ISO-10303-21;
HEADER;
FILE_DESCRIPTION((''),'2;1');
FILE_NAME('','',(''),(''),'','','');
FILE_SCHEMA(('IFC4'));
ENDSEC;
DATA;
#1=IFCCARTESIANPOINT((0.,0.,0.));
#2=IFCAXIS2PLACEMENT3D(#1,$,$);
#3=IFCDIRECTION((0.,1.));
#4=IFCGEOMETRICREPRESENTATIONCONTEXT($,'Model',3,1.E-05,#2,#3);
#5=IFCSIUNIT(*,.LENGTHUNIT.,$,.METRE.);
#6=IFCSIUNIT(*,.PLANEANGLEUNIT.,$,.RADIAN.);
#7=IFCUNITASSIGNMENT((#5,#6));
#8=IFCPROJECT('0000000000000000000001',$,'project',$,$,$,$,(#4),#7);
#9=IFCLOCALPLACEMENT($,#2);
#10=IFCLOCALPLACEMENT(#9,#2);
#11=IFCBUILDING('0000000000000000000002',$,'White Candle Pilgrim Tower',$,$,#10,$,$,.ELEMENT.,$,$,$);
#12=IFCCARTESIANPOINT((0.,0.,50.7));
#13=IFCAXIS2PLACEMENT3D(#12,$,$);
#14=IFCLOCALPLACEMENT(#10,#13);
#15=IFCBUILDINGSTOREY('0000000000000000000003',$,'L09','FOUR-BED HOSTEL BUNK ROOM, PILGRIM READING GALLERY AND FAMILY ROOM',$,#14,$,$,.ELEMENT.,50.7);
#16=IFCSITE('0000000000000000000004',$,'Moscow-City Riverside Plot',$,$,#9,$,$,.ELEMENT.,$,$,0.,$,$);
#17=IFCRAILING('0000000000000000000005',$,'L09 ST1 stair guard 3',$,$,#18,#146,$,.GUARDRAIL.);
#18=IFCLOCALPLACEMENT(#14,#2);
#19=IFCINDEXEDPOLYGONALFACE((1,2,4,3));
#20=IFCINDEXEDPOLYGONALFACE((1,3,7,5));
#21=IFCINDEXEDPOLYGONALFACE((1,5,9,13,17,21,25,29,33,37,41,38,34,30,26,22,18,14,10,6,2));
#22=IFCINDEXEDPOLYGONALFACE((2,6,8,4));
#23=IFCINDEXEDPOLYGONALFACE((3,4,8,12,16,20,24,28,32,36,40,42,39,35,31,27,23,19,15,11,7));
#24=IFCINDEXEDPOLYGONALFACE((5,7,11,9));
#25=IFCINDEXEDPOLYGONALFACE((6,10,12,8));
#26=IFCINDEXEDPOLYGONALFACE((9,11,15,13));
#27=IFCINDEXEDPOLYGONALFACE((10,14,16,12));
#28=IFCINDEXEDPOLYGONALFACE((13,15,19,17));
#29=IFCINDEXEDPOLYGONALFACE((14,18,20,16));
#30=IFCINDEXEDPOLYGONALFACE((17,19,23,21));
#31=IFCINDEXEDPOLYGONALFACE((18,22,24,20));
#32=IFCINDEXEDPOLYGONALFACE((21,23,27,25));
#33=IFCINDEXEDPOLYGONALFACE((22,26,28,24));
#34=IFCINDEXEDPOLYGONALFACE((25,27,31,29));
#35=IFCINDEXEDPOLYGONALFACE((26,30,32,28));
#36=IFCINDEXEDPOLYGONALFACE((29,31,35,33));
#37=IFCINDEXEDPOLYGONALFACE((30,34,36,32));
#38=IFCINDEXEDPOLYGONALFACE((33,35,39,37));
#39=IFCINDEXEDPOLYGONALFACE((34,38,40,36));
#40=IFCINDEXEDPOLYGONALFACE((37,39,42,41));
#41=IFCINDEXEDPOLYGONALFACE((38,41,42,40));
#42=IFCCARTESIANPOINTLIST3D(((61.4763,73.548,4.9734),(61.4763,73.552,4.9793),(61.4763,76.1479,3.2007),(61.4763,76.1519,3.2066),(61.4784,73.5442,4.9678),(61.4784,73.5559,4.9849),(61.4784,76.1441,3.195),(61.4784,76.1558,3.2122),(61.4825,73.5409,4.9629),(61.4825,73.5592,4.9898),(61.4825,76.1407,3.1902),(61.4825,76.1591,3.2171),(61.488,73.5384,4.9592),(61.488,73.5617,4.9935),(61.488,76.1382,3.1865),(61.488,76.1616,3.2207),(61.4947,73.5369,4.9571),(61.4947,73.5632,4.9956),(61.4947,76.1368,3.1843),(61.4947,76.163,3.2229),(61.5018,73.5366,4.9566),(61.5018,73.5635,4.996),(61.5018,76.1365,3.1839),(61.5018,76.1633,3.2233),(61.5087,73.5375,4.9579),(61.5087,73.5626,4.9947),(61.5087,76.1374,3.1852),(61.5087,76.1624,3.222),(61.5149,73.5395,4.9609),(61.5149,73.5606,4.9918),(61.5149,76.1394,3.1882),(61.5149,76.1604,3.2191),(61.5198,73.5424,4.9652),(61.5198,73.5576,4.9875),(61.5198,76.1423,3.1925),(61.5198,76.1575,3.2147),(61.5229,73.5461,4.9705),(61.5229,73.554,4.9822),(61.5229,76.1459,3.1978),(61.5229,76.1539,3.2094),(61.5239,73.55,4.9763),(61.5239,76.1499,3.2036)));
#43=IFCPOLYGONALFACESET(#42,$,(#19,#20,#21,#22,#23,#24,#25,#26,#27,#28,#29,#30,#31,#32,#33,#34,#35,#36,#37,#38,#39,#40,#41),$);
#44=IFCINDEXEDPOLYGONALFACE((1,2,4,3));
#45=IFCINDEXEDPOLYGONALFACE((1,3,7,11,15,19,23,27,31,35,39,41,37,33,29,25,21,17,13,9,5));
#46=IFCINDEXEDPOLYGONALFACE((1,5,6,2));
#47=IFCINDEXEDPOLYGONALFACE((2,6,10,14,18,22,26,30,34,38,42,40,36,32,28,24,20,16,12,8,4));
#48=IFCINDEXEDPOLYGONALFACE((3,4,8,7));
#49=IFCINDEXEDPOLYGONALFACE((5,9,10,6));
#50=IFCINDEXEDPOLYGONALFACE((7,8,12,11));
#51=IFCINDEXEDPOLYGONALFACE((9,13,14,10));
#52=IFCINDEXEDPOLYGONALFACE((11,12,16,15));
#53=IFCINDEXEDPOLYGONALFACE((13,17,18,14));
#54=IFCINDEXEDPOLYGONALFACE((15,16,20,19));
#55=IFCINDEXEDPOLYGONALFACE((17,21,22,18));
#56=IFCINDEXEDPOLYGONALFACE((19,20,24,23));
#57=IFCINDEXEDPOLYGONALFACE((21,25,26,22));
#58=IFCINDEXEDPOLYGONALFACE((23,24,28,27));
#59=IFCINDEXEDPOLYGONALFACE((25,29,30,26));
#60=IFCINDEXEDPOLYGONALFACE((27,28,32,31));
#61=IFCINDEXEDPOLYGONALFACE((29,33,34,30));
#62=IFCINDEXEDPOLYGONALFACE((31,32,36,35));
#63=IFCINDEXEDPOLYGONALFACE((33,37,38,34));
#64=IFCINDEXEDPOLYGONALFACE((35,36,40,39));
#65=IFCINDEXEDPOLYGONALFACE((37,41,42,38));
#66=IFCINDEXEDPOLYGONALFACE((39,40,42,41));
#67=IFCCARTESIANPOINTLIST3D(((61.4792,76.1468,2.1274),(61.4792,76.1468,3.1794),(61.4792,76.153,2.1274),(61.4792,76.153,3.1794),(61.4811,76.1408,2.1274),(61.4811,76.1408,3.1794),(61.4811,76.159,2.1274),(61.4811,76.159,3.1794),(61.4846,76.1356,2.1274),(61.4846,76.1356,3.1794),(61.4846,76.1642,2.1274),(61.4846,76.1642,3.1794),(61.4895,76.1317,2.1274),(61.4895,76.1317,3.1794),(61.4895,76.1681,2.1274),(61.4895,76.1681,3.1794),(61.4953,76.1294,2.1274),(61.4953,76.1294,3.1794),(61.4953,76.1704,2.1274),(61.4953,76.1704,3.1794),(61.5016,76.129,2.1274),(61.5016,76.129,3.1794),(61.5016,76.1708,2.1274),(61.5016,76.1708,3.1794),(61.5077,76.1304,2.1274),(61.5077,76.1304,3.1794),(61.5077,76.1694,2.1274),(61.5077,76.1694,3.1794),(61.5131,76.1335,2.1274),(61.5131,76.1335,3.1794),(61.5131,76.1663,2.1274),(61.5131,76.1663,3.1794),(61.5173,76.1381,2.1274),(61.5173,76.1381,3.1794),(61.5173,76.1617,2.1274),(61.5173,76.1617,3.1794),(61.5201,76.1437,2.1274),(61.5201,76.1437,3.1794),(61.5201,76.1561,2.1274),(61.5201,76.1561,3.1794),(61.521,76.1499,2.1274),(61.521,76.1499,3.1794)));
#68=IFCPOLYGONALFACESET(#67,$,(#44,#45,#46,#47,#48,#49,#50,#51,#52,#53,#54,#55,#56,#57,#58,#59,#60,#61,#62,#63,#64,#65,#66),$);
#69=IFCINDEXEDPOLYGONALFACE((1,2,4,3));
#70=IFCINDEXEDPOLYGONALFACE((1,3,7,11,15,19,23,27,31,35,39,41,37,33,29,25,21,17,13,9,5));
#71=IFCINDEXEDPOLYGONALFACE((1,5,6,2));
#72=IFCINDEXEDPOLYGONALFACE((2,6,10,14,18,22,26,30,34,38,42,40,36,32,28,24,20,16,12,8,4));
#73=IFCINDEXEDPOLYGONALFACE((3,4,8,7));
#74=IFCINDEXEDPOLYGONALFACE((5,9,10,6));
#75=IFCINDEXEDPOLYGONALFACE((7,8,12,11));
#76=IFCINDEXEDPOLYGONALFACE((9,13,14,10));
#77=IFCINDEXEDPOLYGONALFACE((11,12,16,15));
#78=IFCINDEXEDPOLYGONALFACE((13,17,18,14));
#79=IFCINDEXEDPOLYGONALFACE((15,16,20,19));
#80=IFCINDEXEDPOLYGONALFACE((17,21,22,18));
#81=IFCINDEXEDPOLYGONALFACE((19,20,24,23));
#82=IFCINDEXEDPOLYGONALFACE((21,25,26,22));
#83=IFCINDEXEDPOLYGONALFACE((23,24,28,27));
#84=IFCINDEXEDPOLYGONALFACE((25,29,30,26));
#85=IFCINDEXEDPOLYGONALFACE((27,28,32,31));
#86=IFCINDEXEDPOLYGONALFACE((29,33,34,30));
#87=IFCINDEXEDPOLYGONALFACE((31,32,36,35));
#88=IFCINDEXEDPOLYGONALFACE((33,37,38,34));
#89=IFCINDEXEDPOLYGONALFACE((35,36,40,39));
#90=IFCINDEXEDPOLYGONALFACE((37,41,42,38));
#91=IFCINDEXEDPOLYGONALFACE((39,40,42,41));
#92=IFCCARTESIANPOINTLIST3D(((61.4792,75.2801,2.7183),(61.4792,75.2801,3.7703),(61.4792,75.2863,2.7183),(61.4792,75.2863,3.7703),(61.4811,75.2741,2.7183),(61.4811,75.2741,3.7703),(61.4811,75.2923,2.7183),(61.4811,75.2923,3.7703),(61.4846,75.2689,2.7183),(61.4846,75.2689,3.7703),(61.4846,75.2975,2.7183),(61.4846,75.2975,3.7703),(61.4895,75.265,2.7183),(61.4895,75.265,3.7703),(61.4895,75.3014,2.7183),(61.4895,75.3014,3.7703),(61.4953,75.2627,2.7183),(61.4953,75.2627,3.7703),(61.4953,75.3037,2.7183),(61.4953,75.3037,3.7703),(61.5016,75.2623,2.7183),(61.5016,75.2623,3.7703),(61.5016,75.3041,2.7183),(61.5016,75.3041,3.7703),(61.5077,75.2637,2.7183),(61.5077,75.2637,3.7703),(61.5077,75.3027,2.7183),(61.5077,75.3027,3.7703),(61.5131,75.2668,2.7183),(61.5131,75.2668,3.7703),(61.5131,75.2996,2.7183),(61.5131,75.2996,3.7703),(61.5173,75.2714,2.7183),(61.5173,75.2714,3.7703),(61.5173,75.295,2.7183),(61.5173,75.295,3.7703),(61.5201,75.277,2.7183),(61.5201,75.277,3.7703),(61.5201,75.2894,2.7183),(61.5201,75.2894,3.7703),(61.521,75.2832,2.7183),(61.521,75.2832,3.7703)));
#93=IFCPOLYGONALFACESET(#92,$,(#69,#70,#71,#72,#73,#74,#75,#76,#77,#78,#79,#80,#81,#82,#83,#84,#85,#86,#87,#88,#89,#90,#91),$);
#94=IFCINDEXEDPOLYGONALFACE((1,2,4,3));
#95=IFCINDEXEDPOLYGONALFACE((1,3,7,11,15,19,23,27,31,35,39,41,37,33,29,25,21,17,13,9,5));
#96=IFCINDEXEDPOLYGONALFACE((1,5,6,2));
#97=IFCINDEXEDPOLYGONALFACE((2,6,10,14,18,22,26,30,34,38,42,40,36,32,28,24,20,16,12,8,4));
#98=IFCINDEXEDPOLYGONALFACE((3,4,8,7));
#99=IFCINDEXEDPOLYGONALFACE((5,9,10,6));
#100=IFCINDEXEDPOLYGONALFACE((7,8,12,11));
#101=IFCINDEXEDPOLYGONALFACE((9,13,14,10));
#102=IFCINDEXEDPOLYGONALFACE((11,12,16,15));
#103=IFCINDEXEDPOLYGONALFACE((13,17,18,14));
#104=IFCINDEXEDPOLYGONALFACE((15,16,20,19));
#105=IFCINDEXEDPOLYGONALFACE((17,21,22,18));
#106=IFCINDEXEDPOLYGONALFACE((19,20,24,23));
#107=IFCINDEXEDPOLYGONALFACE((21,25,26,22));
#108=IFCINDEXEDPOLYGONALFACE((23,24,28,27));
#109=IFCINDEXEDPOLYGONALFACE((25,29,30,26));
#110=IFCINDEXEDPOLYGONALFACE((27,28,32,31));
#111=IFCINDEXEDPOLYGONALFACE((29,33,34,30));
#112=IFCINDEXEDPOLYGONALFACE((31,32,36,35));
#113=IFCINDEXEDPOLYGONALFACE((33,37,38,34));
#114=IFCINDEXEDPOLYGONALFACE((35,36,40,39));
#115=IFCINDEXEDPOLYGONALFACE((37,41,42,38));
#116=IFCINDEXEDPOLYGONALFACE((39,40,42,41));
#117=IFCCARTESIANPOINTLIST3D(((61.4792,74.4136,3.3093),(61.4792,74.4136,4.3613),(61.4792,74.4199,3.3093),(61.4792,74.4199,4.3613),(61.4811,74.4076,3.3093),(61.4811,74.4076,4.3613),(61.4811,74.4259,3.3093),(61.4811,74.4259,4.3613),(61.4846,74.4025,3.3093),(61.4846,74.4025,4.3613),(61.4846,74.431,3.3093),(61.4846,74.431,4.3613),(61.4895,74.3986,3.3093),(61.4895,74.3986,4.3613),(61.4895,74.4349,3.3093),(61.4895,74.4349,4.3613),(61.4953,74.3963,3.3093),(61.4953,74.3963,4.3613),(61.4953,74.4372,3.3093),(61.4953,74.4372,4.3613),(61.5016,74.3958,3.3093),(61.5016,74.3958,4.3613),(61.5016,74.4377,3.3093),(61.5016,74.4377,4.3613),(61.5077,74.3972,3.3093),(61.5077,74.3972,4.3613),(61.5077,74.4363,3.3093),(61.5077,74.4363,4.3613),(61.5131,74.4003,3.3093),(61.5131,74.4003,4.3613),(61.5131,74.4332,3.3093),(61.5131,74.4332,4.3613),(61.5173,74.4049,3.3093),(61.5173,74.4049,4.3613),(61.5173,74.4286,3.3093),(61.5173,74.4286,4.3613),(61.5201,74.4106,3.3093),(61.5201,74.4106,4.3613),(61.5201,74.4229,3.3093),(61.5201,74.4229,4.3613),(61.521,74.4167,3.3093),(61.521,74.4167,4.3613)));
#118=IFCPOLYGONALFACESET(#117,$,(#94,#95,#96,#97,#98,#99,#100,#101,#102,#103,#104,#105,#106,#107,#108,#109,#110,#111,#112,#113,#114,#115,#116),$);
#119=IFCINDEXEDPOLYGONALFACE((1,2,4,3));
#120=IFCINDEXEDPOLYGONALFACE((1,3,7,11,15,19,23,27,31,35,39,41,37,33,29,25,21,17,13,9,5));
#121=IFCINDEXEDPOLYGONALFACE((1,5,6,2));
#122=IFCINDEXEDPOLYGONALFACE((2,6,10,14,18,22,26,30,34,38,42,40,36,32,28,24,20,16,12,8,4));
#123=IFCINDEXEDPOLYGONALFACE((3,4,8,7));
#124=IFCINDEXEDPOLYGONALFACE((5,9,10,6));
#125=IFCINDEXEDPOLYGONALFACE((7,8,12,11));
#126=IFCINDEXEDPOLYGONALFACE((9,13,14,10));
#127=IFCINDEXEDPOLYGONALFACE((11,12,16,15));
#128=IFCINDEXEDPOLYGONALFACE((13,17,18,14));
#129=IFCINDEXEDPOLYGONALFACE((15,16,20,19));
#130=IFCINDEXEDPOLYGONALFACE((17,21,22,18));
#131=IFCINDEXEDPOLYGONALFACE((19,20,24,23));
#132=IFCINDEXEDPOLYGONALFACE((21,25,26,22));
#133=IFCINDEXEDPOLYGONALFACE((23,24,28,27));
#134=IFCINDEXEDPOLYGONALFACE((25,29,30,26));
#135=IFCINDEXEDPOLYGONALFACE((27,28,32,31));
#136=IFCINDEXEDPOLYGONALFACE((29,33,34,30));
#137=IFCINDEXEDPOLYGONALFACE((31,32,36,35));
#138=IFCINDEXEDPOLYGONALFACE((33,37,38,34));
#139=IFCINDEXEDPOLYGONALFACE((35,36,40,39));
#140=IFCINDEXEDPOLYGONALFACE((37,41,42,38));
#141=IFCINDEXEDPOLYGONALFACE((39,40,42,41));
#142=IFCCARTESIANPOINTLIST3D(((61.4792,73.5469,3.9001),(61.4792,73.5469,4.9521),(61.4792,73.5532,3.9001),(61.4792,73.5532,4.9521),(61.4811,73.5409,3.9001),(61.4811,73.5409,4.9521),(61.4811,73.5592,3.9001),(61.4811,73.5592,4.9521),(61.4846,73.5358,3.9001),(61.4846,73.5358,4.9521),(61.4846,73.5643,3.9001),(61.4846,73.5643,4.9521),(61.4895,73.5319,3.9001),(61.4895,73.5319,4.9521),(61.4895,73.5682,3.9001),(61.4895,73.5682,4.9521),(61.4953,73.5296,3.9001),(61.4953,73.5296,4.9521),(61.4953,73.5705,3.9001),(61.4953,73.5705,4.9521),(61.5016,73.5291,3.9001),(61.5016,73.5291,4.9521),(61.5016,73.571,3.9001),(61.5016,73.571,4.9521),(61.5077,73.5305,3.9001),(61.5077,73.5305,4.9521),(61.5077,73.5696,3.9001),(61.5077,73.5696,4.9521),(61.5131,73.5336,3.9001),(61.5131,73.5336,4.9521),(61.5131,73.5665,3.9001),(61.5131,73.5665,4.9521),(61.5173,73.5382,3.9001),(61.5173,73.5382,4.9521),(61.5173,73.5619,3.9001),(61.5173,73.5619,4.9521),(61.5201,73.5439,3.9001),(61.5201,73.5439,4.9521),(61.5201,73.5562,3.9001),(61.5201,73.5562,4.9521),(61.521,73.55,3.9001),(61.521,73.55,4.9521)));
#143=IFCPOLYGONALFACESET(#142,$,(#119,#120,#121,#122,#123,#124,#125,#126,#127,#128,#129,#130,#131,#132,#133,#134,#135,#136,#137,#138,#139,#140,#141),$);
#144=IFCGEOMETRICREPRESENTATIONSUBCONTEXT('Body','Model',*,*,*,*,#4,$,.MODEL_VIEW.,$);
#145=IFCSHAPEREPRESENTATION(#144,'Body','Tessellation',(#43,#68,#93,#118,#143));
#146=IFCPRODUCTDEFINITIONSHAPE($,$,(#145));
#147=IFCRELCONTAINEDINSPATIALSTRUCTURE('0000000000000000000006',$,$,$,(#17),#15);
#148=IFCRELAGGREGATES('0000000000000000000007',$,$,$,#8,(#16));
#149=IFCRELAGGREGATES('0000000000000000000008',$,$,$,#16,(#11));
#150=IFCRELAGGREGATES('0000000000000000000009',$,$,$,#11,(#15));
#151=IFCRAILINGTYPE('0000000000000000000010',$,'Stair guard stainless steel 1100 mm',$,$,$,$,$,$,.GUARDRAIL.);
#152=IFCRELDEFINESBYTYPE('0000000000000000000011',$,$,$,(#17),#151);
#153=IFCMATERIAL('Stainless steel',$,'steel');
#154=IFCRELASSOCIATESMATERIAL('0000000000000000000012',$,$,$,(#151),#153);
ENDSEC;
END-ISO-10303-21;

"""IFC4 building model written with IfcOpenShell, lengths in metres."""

from ifc_helpers import new_model, si_unit, direction, frame, origin, origin_2d, place, context, subcontext, project, spatial, circle, extrude, material, type_object, element, save


model = new_model("IFC4")

# Units and contexts
model_context = context("Model", 3, precision=1e-05, world=origin(), true_north=direction((0.0, 1.0)))
body_context = subcontext(model_context, "Body", "Model", "MODEL_VIEW")
ifc_project = project(units=[si_unit("LENGTHUNIT", "METRE"), si_unit("PLANEANGLEUNIT", "RADIAN")], contexts=[model_context])

# Site, building, storey
site_placement = place(None, origin())
site = spatial("IfcSite", under=ifc_project, at=site_placement, Name="Moscow-City Riverside Plot", CompositionType="ELEMENT", RefElevation=0.0)
building_placement = place(site_placement, origin())
building = spatial("IfcBuilding", under=site, at=building_placement, Name="White Candle Pilgrim Tower", CompositionType="ELEMENT")
storey_placement = place(building_placement, frame((0.0, 0.0, 50.7)))
storey = spatial("IfcBuildingStorey", under=building, at=storey_placement, Name="L09", Description="FOUR-BED HOSTEL BUNK ROOM, PILGRIM READING GALLERY AND FAMILY ROOM", CompositionType="ELEMENT", Elevation=50.7)

# Railing
ifc_material_1 = material(Name="Stainless steel", Category="steel")
railing_type_1 = type_object("IfcRailingType", Name="Stair guard stainless steel 1100 mm", PredefinedType="GUARDRAIL", material=ifc_material_1)
railing_1_placement = place(storey_placement, frame((61.5, 76.1499, 2.1274)))
element("IfcRailing", 1, at=railing_1_placement, inside=storey, type_object=railing_type_1, Name="L09 ST1 stair guard 3", PredefinedType="GUARDRAIL", context=body_context, shape_type="SweptSolid", body=[
    extrude(circle(Radius=0.0239, at=origin_2d()), frame((0.0, 0.0, 1.0762), z_axis=(0.0, -0.826216, 0.563354), x_axis=(1.0, 0.0, 0.0)), (0.0, 0.0, 1.0), 3.1467),
    extrude(circle(Radius=0.021, at=origin_2d()), origin(), (0.0, 0.0, 1.0), 1.052),
    extrude(circle(Radius=0.021, at=origin_2d()), frame((0.0, -0.8667, 0.5908)), (0.0, 0.0, 1.0), 1.052),
    extrude(circle(Radius=0.021, at=origin_2d()), frame((0.0, -1.7332, 1.1819)), (0.0, 0.0, 1.0), 1.052),
    extrude(circle(Radius=0.021, at=origin_2d()), frame((0.0, -2.5999, 1.7727)), (0.0, 0.0, 1.0), 1.052),
])

save(model, "model.ifc")
